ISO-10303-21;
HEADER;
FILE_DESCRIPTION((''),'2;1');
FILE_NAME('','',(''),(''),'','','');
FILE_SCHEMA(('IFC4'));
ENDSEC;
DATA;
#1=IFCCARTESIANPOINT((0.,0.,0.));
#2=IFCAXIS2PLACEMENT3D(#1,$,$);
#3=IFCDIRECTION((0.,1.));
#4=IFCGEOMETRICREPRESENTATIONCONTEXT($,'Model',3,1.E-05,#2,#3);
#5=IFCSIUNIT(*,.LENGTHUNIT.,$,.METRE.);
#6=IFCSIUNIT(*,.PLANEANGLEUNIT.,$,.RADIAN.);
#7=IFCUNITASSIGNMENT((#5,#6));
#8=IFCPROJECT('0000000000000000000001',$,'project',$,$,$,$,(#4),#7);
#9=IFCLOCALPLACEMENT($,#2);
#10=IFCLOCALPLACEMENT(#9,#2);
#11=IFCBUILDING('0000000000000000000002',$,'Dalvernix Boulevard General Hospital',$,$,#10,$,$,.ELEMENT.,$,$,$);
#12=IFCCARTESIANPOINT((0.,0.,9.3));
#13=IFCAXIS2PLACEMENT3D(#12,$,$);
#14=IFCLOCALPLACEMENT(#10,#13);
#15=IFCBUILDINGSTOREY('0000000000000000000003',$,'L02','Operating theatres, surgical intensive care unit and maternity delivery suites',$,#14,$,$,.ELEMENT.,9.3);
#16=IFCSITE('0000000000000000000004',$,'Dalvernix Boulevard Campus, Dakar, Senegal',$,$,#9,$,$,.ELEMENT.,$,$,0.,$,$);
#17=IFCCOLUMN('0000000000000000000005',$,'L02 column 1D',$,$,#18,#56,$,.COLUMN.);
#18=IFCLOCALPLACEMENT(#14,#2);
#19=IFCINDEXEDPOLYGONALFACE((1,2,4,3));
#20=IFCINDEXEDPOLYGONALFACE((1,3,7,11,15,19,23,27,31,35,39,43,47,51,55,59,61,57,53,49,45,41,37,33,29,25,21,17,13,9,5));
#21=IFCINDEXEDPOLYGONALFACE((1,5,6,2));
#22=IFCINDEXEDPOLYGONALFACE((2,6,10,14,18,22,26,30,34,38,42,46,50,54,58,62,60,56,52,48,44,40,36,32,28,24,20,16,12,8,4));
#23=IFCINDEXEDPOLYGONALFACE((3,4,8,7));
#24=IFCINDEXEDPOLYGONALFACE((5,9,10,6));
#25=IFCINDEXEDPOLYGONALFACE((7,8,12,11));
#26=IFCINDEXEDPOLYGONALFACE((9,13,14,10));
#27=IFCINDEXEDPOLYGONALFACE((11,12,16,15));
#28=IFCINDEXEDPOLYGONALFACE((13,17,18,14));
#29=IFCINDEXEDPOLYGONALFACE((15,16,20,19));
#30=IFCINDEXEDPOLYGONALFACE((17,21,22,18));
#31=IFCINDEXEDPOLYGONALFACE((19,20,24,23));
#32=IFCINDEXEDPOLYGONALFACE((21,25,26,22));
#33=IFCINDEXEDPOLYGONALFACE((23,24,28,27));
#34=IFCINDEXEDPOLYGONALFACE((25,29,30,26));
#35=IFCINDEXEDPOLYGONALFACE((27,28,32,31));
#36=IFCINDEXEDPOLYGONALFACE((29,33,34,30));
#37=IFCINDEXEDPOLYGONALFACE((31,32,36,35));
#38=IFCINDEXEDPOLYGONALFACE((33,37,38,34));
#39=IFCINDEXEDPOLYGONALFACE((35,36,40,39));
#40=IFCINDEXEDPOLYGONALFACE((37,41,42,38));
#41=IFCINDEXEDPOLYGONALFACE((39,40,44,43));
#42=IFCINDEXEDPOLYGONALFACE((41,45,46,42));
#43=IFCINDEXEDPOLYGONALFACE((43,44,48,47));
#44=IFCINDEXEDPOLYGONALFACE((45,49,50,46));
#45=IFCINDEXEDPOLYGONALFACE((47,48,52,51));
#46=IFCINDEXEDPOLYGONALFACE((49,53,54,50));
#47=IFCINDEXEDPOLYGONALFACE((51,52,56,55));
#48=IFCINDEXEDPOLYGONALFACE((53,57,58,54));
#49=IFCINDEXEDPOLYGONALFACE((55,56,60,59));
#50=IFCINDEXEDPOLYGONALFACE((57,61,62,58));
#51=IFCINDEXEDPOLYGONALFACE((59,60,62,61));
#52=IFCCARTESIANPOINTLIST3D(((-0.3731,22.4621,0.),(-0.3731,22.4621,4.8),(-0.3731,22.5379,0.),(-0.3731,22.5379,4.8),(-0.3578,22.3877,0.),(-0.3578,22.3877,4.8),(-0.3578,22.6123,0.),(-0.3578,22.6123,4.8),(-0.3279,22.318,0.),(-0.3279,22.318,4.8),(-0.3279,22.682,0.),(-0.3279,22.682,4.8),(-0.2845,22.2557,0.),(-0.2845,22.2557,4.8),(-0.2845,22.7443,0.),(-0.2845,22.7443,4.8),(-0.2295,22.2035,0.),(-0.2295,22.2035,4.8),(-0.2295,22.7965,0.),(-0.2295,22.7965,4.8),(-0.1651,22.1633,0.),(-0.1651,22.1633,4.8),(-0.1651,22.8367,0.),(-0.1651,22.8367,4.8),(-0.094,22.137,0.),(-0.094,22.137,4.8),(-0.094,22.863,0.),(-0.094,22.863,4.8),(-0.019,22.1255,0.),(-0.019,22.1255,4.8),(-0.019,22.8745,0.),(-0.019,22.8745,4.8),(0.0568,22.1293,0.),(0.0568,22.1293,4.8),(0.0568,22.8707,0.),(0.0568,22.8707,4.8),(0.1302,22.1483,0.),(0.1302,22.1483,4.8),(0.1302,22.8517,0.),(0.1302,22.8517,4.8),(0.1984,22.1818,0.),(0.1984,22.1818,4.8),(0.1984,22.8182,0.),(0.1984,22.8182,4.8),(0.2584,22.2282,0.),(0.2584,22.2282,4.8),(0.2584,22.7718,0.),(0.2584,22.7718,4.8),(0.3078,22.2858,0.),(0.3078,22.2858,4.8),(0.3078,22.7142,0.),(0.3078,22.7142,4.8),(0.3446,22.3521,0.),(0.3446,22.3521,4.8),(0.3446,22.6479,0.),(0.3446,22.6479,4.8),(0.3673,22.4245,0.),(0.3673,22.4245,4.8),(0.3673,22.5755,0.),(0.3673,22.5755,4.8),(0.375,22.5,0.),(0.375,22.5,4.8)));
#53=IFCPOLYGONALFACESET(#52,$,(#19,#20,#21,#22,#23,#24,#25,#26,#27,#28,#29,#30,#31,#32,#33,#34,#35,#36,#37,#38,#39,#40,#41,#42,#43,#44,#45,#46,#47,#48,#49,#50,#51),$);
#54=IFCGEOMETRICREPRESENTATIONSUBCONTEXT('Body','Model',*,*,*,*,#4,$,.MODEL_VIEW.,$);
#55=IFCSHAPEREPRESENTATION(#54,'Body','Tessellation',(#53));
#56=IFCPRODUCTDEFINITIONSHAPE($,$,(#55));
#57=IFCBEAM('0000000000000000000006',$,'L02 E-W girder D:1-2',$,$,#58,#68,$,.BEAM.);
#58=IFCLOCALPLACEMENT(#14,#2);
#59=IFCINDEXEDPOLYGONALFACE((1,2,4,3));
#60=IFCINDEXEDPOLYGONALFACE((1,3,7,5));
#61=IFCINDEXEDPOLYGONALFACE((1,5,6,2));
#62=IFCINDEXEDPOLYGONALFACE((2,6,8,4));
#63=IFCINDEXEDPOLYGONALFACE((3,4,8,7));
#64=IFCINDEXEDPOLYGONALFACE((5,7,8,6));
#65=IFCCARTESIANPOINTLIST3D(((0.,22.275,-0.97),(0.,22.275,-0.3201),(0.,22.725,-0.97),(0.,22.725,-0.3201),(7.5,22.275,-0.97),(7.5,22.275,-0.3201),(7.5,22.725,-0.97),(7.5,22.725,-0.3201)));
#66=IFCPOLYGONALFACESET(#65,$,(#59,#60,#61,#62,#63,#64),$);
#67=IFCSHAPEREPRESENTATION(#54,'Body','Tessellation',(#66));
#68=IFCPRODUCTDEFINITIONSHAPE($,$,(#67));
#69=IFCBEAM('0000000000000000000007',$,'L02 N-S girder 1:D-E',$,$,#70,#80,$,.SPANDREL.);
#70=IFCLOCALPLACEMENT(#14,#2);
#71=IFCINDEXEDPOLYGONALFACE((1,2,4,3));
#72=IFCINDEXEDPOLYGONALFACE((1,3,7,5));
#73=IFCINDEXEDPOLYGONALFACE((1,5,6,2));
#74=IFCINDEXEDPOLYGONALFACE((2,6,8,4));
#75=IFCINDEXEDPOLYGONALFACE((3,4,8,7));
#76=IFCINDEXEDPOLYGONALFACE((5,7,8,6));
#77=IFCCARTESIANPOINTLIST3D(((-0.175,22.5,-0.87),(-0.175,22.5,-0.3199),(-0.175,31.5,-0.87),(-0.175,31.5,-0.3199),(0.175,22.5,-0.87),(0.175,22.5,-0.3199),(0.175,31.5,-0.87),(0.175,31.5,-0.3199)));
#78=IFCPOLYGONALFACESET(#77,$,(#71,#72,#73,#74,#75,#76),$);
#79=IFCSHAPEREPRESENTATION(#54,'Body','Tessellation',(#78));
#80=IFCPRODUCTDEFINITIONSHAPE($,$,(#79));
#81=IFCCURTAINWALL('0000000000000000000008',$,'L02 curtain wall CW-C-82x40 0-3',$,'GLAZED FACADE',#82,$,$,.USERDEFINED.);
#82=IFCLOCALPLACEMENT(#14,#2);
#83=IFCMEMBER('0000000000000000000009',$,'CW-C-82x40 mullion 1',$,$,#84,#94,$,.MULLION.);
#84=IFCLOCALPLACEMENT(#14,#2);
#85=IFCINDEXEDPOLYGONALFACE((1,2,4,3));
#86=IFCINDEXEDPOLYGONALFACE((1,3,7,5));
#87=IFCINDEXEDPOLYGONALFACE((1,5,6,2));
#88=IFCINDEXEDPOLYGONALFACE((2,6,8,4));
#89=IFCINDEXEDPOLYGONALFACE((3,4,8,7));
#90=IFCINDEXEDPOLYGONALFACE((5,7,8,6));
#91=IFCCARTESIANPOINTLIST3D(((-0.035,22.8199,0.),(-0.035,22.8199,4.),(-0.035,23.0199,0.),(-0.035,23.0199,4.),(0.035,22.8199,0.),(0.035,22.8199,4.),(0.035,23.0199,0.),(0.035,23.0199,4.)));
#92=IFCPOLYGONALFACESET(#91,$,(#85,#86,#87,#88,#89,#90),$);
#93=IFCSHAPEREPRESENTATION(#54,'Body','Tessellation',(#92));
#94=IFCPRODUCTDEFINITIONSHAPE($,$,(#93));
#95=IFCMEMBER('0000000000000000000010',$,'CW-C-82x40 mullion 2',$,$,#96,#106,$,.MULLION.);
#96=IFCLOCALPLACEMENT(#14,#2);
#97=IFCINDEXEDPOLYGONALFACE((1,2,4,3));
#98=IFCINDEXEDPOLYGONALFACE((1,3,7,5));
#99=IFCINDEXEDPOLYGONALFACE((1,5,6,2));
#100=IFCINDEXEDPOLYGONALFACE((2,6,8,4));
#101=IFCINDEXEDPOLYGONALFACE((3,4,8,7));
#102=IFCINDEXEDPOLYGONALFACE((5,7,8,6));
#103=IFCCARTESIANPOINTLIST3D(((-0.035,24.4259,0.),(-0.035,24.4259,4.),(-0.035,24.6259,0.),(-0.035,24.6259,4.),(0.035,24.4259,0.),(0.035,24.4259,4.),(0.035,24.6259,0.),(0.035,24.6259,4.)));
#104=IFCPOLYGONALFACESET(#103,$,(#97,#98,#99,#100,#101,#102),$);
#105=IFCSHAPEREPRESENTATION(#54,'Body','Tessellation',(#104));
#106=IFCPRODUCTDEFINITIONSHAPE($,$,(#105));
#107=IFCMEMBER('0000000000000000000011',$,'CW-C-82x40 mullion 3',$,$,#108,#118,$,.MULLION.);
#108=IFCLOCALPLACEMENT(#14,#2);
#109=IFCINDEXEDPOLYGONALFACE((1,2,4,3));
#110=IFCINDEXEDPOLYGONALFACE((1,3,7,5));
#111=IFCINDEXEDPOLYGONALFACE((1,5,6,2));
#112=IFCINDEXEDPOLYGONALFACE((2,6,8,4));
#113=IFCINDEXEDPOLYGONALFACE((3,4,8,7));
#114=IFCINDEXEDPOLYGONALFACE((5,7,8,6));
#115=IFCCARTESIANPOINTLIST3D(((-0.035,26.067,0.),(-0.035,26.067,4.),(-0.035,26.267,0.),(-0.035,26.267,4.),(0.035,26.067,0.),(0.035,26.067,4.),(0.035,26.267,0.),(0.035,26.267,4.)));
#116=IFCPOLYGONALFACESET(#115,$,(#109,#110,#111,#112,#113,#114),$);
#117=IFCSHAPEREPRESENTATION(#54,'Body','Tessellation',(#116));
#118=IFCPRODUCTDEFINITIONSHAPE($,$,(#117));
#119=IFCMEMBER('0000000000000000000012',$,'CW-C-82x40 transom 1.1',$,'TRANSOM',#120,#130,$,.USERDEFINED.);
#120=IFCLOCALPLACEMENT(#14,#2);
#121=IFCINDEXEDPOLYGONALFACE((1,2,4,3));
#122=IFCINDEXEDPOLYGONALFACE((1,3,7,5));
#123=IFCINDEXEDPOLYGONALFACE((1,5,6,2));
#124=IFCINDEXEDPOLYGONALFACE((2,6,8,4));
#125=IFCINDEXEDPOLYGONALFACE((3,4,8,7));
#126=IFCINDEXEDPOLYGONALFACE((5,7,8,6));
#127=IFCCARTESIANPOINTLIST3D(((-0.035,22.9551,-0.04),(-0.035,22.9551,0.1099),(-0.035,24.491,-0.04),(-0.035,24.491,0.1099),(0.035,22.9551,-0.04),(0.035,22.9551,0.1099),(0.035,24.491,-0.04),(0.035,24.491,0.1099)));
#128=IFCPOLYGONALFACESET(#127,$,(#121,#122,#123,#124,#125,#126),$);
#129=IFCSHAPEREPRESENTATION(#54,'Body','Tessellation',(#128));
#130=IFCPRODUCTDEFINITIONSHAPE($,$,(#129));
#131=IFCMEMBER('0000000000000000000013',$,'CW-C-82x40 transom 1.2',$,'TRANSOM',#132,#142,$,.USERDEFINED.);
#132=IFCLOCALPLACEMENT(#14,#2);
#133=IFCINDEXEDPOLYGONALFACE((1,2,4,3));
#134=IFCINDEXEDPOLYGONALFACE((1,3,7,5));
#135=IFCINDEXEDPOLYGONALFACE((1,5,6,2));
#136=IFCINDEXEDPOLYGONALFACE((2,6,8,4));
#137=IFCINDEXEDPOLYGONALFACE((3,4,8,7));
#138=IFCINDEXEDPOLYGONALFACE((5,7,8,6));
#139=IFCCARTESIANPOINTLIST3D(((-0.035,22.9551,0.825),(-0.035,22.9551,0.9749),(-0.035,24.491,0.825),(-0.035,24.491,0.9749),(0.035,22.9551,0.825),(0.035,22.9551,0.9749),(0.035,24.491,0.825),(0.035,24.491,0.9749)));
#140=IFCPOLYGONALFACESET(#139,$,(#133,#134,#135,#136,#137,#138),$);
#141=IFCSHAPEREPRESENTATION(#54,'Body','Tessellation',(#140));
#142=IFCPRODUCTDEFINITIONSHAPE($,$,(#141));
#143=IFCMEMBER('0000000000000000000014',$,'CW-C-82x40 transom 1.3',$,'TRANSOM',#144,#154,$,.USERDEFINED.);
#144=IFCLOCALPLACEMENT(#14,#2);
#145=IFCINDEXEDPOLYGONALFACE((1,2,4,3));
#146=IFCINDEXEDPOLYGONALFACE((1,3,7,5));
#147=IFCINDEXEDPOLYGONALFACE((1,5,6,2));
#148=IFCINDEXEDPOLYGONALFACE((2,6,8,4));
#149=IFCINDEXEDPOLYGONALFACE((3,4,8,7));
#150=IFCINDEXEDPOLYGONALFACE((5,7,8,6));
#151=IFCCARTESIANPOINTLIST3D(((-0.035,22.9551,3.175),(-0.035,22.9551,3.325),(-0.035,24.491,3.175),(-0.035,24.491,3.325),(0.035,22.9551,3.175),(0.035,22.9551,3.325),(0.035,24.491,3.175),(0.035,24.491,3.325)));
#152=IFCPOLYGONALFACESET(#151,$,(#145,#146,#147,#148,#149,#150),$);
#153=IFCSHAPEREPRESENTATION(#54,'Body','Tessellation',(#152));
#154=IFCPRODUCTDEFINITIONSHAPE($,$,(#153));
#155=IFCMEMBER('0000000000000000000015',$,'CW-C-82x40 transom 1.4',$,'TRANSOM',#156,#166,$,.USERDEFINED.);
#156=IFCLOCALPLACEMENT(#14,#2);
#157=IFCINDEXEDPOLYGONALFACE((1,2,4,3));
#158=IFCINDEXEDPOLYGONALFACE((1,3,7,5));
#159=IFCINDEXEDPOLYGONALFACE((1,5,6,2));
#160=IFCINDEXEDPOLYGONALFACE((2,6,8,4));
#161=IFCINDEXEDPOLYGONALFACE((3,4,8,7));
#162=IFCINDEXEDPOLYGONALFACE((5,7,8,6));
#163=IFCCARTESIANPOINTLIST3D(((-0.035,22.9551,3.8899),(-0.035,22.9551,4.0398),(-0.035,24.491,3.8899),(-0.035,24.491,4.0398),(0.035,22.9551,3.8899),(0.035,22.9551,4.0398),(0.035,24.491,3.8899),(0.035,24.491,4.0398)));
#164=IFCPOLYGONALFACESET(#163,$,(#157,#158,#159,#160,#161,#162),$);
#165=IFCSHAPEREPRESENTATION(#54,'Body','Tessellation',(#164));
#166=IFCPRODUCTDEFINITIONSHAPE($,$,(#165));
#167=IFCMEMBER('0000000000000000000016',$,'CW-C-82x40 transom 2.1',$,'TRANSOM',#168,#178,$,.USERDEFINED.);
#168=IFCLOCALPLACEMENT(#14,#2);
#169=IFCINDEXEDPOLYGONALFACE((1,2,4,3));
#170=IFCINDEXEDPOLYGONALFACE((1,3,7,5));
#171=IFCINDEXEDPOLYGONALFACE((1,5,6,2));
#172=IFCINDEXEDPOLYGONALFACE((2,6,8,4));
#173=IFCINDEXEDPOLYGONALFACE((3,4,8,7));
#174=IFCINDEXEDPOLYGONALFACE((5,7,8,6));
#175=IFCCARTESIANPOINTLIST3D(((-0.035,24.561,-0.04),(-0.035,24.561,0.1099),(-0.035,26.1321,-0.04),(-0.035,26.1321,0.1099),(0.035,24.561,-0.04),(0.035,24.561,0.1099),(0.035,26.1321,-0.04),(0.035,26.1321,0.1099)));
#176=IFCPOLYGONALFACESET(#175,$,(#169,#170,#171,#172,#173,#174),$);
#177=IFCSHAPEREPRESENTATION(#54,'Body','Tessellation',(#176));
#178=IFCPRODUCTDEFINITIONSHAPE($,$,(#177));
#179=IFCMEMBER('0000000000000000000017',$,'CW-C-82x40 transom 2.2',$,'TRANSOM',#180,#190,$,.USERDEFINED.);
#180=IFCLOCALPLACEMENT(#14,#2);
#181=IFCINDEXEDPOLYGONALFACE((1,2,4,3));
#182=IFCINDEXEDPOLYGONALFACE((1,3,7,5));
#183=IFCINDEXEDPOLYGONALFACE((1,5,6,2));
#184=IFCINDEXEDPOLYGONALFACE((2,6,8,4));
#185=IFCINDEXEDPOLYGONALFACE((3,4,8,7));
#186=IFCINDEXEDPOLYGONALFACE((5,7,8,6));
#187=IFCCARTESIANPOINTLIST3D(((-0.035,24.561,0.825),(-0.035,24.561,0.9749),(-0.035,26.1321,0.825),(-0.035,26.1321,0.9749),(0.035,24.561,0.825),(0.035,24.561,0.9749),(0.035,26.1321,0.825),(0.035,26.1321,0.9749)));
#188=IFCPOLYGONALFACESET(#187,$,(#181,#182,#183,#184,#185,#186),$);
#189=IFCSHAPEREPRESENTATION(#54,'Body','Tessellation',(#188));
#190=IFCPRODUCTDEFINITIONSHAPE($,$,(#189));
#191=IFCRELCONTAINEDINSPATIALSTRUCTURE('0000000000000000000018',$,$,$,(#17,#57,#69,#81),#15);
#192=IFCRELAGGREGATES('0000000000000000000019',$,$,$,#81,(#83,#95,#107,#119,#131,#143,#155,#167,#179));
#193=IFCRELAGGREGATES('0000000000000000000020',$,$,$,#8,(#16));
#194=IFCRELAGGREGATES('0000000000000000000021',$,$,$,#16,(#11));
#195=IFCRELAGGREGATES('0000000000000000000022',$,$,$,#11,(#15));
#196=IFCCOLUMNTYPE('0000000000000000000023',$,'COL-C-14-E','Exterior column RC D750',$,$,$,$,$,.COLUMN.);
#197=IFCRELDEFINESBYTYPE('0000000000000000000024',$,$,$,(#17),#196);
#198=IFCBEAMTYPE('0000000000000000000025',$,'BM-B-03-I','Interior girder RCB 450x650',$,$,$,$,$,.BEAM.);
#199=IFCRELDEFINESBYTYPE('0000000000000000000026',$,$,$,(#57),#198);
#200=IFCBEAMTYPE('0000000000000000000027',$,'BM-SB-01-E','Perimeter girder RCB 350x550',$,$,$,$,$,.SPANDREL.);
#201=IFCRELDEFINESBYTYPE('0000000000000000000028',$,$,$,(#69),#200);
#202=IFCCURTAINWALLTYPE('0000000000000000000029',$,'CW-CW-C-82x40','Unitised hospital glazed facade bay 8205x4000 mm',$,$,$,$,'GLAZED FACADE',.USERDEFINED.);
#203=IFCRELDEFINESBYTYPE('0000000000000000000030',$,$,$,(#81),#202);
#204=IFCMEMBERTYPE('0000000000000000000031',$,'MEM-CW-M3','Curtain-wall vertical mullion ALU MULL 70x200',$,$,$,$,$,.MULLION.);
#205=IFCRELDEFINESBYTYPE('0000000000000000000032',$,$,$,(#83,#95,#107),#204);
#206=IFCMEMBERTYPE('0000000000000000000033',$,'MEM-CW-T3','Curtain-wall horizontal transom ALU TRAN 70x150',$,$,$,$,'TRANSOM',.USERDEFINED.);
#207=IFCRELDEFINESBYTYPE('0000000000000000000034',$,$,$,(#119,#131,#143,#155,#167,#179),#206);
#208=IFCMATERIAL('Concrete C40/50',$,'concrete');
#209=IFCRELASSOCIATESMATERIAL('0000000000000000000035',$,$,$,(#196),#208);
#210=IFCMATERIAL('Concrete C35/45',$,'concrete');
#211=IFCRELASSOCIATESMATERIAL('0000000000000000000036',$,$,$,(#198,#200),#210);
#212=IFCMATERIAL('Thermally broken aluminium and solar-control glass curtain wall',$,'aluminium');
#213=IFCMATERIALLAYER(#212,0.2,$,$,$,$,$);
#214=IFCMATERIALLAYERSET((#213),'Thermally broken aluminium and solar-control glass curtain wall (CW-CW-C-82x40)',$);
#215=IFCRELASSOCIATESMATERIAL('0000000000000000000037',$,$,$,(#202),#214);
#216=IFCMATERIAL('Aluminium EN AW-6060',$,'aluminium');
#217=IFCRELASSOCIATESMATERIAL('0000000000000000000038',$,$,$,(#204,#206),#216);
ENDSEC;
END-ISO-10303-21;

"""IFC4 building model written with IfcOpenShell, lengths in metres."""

from ifc_helpers import new_model, si_unit, direction, frame, origin, origin_2d, place, context, subcontext, project, spatial, rectangle, circle, extrude, material, layer, layer_set, material_profile, profile_set, type_object, element, aggregate, save


model = new_model("IFC4")

# Units and contexts
model_context = context("Model", 3, precision=1e-05, world=origin(), true_north=direction((0.0, 1.0)))
body_context = subcontext(model_context, "Body", "Model", "MODEL_VIEW")
ifc_project = project(units=[si_unit("LENGTHUNIT", "METRE"), si_unit("PLANEANGLEUNIT", "RADIAN")], contexts=[model_context])

# Site, building, storey
site_placement = place(None, origin())
site = spatial("IfcSite", under=ifc_project, at=site_placement, Name="Dalvernix Boulevard Campus, Dakar, Senegal", CompositionType="ELEMENT", RefElevation=0.0)
building_placement = place(site_placement, origin())
building = spatial("IfcBuilding", under=site, at=building_placement, Name="Dalvernix Boulevard General Hospital", CompositionType="ELEMENT")
storey_placement = place(building_placement, frame((0.0, 0.0, 9.3)))
storey = spatial("IfcBuildingStorey", under=building, at=storey_placement, Name="L02", Description="Operating theatres, surgical intensive care unit and maternity delivery suites", CompositionType="ELEMENT", Elevation=9.3)

# Column
ifc_material_1 = material(Name="Concrete C40/50", Category="concrete")
ifc_material_profile_1 = material_profile(ifc_material_1, circle(Radius=0.375, at=origin_2d()), Name="RC D750")
ifc_profile_set_1 = profile_set([ifc_material_profile_1], Name="Concrete C40/50")
column_type = type_object("IfcColumnType", Name="COL-C-14-E", Description="Exterior column RC D750", PredefinedType="COLUMN", material=ifc_profile_set_1)
column_placement = place(storey_placement, frame((0.0, 22.5, 0.0), z_axis=(0.0, 0.0, 1.0), x_axis=(1.0, 0.0, 0.0)))
element("IfcColumn", 1, at=column_placement, inside=storey, type_object=column_type, Name="L02 column 1D", PredefinedType="COLUMN", context=body_context, shape_type="SweptSolid", body=[
    extrude(circle(Radius=0.375, at=origin_2d()), origin(), (0.0, 0.0, 1.0), 4.8),
])

# Beams
ifc_material_2 = material(Name="Concrete C35/45", Category="concrete")
ifc_material_profile_2 = material_profile(ifc_material_2, rectangle(XDim=0.45, YDim=0.6499, at=origin_2d()), Name="RCB 450x650")
ifc_profile_set_2 = profile_set([ifc_material_profile_2], Name="Concrete C35/45")
beam_type_1 = type_object("IfcBeamType", Name="BM-B-03-I", Description="Interior girder RCB 450x650", PredefinedType="BEAM", material=ifc_profile_set_2)
beam_1_placement = place(storey_placement, frame((0.0, 22.5, -0.645), z_axis=(1.0, 0.0, 0.0), x_axis=(0.0, 1.0, 0.0)))
element("IfcBeam", 2, at=beam_1_placement, inside=storey, type_object=beam_type_1, Name="L02 E-W girder D:1-2", PredefinedType="BEAM", context=body_context, shape_type="SweptSolid", body=[
    extrude(rectangle(XDim=0.45, YDim=0.6499, at=origin_2d()), origin(), (0.0, 0.0, 1.0), 7.5),
])
ifc_material_profile_3 = material_profile(ifc_material_2, rectangle(XDim=0.3501, YDim=0.55, at=origin_2d()), Name="RCB 350x550")
ifc_profile_set_3 = profile_set([ifc_material_profile_3], Name="Concrete C35/45")
beam_type_2 = type_object("IfcBeamType", Name="BM-SB-01-E", Description="Perimeter girder RCB 350x550", PredefinedType="SPANDREL", material=ifc_profile_set_3)
beam_2_placement = place(storey_placement, frame((0.0, 22.5, -0.595), z_axis=(0.0, 1.0, 0.0), x_axis=(-1.0, 0.0, 0.0)))
element("IfcBeam", 3, at=beam_2_placement, inside=storey, type_object=beam_type_2, Name="L02 N-S girder 1:D-E", PredefinedType="SPANDREL", context=body_context, shape_type="SweptSolid", body=[
    extrude(rectangle(XDim=0.3501, YDim=0.55, at=origin_2d()), origin(), (0.0, 0.0, 1.0), 9.0),
])

# Curtain wall, members
ifc_material_3 = material(Name="Thermally broken aluminium and solar-control glass curtain wall", Category="aluminium")
ifc_layer_1 = layer(ifc_material_3, 0.2)
ifc_layer_set_1 = layer_set([ifc_layer_1], Name="Thermally broken aluminium and solar-control glass curtain wall (CW-CW-C-82x40)")
curtain_wall_type = type_object("IfcCurtainWallType", Name="CW-CW-C-82x40", Description="Unitised hospital glazed facade bay 8205x4000 mm", ElementType="GLAZED FACADE", PredefinedType="USERDEFINED", material=ifc_layer_set_1)
curtain_wall_placement = place(storey_placement, origin())
curtain_wall = element("IfcCurtainWall", 4, at=curtain_wall_placement, inside=storey, type_object=curtain_wall_type, Name="L02 curtain wall CW-C-82x40 0-3", ObjectType="GLAZED FACADE", PredefinedType="USERDEFINED")
ifc_material_4 = material(Name="Aluminium EN AW-6060", Category="aluminium")
ifc_material_profile_4 = material_profile(ifc_material_4, rectangle(XDim=0.0701, YDim=0.2, at=origin_2d()), Name="ALU MULL 70x200")
ifc_profile_set_4 = profile_set([ifc_material_profile_4], Name="Aluminium EN AW-6060")
member_type_1 = type_object("IfcMemberType", Name="MEM-CW-M3", Description="Curtain-wall vertical mullion ALU MULL 70x200", PredefinedType="MULLION", material=ifc_profile_set_4)
member_1_placement = place(storey_placement, frame((0.0, 22.9199, 0.0), z_axis=(0.0, 0.0, 1.0), x_axis=(-1.0, 0.0, 0.0)))
member_1 = element("IfcMember", 5, at=member_1_placement, type_object=member_type_1, Name="CW-C-82x40 mullion 1", PredefinedType="MULLION", context=body_context, shape_type="SweptSolid", body=[
    extrude(rectangle(XDim=0.0701, YDim=0.2, at=origin_2d()), origin(), (0.0, 0.0, 1.0), 4.0),
])
member_2_placement = place(storey_placement, frame((0.0, 24.5259, 0.0), z_axis=(0.0, 0.0, 1.0), x_axis=(-1.0, 0.0, 0.0)))
member_2 = element("IfcMember", 6, at=member_2_placement, type_object=member_type_1, Name="CW-C-82x40 mullion 2", PredefinedType="MULLION", context=body_context, shape_type="SweptSolid", body=[
    extrude(rectangle(XDim=0.0701, YDim=0.2, at=origin_2d()), origin(), (0.0, 0.0, 1.0), 4.0),
])
member_3_placement = place(storey_placement, frame((0.0, 26.167, 0.0), z_axis=(0.0, 0.0, 1.0), x_axis=(-1.0, 0.0, 0.0)))
member_3 = element("IfcMember", 7, at=member_3_placement, type_object=member_type_1, Name="CW-C-82x40 mullion 3", PredefinedType="MULLION", context=body_context, shape_type="SweptSolid", body=[
    extrude(rectangle(XDim=0.0701, YDim=0.2, at=origin_2d()), origin(), (0.0, 0.0, 1.0), 4.0),
])
ifc_material_profile_5 = material_profile(ifc_material_4, rectangle(XDim=0.0701, YDim=0.1499, at=origin_2d()), Name="ALU TRAN 70x150")
ifc_profile_set_5 = profile_set([ifc_material_profile_5], Name="Aluminium EN AW-6060")
member_type_2 = type_object("IfcMemberType", Name="MEM-CW-T3", Description="Curtain-wall horizontal transom ALU TRAN 70x150", ElementType="TRANSOM", PredefinedType="USERDEFINED", material=ifc_profile_set_5)
member_4_placement = place(storey_placement, frame((0.0, 22.9551, 0.0349), z_axis=(0.0, 1.0, 0.0), x_axis=(-1.0, 0.0, 0.0)))
member_4 = element("IfcMember", 8, at=member_4_placement, type_object=member_type_2, Name="CW-C-82x40 transom 1.1", ObjectType="TRANSOM", PredefinedType="USERDEFINED", context=body_context, shape_type="SweptSolid", body=[
    extrude(rectangle(XDim=0.0701, YDim=0.1499, at=origin_2d()), origin(), (0.0, 0.0, 1.0), 1.5359),
])
member_5_placement = place(storey_placement, frame((0.0, 22.9551, 0.8999), z_axis=(0.0, 1.0, 0.0), x_axis=(-1.0, 0.0, 0.0)))
member_5 = element("IfcMember", 9, at=member_5_placement, type_object=member_type_2, Name="CW-C-82x40 transom 1.2", ObjectType="TRANSOM", PredefinedType="USERDEFINED", context=body_context, shape_type="SweptSolid", body=[
    extrude(rectangle(XDim=0.0701, YDim=0.1499, at=origin_2d()), origin(), (0.0, 0.0, 1.0), 1.5359),
])
member_6_placement = place(storey_placement, frame((0.0, 22.9551, 3.25), z_axis=(0.0, 1.0, 0.0), x_axis=(-1.0, 0.0, 0.0)))
member_6 = element("IfcMember", 10, at=member_6_placement, type_object=member_type_2, Name="CW-C-82x40 transom 1.3", ObjectType="TRANSOM", PredefinedType="USERDEFINED", context=body_context, shape_type="SweptSolid", body=[
    extrude(rectangle(XDim=0.0701, YDim=0.1499, at=origin_2d()), origin(), (0.0, 0.0, 1.0), 1.5359),
])
member_7_placement = place(storey_placement, frame((0.0, 22.9551, 3.9648), z_axis=(0.0, 1.0, 0.0), x_axis=(-1.0, 0.0, 0.0)))
member_7 = element("IfcMember", 11, at=member_7_placement, type_object=member_type_2, Name="CW-C-82x40 transom 1.4", ObjectType="TRANSOM", PredefinedType="USERDEFINED", context=body_context, shape_type="SweptSolid", body=[
    extrude(rectangle(XDim=0.0701, YDim=0.1499, at=origin_2d()), origin(), (0.0, 0.0, 1.0), 1.5359),
])
member_8_placement = place(storey_placement, frame((0.0, 24.561, 0.0349), z_axis=(0.0, 1.0, 0.0), x_axis=(-1.0, 0.0, 0.0)))
member_8 = element("IfcMember", 12, at=member_8_placement, type_object=member_type_2, Name="CW-C-82x40 transom 2.1", ObjectType="TRANSOM", PredefinedType="USERDEFINED", context=body_context, shape_type="SweptSolid", body=[
    extrude(rectangle(XDim=0.0701, YDim=0.1499, at=origin_2d()), origin(), (0.0, 0.0, 1.0), 1.571),
])
member_9_placement = place(storey_placement, frame((0.0, 24.561, 0.8999), z_axis=(0.0, 1.0, 0.0), x_axis=(-1.0, 0.0, 0.0)))
member_9 = element("IfcMember", 13, at=member_9_placement, type_object=member_type_2, Name="CW-C-82x40 transom 2.2", ObjectType="TRANSOM", PredefinedType="USERDEFINED", context=body_context, shape_type="SweptSolid", body=[
    extrude(rectangle(XDim=0.0701, YDim=0.1499, at=origin_2d()), origin(), (0.0, 0.0, 1.0), 1.571),
])
aggregate(curtain_wall, [member_1, member_2, member_3, member_4, member_5, member_6, member_7, member_8, member_9])

save(model, "model.ifc")
